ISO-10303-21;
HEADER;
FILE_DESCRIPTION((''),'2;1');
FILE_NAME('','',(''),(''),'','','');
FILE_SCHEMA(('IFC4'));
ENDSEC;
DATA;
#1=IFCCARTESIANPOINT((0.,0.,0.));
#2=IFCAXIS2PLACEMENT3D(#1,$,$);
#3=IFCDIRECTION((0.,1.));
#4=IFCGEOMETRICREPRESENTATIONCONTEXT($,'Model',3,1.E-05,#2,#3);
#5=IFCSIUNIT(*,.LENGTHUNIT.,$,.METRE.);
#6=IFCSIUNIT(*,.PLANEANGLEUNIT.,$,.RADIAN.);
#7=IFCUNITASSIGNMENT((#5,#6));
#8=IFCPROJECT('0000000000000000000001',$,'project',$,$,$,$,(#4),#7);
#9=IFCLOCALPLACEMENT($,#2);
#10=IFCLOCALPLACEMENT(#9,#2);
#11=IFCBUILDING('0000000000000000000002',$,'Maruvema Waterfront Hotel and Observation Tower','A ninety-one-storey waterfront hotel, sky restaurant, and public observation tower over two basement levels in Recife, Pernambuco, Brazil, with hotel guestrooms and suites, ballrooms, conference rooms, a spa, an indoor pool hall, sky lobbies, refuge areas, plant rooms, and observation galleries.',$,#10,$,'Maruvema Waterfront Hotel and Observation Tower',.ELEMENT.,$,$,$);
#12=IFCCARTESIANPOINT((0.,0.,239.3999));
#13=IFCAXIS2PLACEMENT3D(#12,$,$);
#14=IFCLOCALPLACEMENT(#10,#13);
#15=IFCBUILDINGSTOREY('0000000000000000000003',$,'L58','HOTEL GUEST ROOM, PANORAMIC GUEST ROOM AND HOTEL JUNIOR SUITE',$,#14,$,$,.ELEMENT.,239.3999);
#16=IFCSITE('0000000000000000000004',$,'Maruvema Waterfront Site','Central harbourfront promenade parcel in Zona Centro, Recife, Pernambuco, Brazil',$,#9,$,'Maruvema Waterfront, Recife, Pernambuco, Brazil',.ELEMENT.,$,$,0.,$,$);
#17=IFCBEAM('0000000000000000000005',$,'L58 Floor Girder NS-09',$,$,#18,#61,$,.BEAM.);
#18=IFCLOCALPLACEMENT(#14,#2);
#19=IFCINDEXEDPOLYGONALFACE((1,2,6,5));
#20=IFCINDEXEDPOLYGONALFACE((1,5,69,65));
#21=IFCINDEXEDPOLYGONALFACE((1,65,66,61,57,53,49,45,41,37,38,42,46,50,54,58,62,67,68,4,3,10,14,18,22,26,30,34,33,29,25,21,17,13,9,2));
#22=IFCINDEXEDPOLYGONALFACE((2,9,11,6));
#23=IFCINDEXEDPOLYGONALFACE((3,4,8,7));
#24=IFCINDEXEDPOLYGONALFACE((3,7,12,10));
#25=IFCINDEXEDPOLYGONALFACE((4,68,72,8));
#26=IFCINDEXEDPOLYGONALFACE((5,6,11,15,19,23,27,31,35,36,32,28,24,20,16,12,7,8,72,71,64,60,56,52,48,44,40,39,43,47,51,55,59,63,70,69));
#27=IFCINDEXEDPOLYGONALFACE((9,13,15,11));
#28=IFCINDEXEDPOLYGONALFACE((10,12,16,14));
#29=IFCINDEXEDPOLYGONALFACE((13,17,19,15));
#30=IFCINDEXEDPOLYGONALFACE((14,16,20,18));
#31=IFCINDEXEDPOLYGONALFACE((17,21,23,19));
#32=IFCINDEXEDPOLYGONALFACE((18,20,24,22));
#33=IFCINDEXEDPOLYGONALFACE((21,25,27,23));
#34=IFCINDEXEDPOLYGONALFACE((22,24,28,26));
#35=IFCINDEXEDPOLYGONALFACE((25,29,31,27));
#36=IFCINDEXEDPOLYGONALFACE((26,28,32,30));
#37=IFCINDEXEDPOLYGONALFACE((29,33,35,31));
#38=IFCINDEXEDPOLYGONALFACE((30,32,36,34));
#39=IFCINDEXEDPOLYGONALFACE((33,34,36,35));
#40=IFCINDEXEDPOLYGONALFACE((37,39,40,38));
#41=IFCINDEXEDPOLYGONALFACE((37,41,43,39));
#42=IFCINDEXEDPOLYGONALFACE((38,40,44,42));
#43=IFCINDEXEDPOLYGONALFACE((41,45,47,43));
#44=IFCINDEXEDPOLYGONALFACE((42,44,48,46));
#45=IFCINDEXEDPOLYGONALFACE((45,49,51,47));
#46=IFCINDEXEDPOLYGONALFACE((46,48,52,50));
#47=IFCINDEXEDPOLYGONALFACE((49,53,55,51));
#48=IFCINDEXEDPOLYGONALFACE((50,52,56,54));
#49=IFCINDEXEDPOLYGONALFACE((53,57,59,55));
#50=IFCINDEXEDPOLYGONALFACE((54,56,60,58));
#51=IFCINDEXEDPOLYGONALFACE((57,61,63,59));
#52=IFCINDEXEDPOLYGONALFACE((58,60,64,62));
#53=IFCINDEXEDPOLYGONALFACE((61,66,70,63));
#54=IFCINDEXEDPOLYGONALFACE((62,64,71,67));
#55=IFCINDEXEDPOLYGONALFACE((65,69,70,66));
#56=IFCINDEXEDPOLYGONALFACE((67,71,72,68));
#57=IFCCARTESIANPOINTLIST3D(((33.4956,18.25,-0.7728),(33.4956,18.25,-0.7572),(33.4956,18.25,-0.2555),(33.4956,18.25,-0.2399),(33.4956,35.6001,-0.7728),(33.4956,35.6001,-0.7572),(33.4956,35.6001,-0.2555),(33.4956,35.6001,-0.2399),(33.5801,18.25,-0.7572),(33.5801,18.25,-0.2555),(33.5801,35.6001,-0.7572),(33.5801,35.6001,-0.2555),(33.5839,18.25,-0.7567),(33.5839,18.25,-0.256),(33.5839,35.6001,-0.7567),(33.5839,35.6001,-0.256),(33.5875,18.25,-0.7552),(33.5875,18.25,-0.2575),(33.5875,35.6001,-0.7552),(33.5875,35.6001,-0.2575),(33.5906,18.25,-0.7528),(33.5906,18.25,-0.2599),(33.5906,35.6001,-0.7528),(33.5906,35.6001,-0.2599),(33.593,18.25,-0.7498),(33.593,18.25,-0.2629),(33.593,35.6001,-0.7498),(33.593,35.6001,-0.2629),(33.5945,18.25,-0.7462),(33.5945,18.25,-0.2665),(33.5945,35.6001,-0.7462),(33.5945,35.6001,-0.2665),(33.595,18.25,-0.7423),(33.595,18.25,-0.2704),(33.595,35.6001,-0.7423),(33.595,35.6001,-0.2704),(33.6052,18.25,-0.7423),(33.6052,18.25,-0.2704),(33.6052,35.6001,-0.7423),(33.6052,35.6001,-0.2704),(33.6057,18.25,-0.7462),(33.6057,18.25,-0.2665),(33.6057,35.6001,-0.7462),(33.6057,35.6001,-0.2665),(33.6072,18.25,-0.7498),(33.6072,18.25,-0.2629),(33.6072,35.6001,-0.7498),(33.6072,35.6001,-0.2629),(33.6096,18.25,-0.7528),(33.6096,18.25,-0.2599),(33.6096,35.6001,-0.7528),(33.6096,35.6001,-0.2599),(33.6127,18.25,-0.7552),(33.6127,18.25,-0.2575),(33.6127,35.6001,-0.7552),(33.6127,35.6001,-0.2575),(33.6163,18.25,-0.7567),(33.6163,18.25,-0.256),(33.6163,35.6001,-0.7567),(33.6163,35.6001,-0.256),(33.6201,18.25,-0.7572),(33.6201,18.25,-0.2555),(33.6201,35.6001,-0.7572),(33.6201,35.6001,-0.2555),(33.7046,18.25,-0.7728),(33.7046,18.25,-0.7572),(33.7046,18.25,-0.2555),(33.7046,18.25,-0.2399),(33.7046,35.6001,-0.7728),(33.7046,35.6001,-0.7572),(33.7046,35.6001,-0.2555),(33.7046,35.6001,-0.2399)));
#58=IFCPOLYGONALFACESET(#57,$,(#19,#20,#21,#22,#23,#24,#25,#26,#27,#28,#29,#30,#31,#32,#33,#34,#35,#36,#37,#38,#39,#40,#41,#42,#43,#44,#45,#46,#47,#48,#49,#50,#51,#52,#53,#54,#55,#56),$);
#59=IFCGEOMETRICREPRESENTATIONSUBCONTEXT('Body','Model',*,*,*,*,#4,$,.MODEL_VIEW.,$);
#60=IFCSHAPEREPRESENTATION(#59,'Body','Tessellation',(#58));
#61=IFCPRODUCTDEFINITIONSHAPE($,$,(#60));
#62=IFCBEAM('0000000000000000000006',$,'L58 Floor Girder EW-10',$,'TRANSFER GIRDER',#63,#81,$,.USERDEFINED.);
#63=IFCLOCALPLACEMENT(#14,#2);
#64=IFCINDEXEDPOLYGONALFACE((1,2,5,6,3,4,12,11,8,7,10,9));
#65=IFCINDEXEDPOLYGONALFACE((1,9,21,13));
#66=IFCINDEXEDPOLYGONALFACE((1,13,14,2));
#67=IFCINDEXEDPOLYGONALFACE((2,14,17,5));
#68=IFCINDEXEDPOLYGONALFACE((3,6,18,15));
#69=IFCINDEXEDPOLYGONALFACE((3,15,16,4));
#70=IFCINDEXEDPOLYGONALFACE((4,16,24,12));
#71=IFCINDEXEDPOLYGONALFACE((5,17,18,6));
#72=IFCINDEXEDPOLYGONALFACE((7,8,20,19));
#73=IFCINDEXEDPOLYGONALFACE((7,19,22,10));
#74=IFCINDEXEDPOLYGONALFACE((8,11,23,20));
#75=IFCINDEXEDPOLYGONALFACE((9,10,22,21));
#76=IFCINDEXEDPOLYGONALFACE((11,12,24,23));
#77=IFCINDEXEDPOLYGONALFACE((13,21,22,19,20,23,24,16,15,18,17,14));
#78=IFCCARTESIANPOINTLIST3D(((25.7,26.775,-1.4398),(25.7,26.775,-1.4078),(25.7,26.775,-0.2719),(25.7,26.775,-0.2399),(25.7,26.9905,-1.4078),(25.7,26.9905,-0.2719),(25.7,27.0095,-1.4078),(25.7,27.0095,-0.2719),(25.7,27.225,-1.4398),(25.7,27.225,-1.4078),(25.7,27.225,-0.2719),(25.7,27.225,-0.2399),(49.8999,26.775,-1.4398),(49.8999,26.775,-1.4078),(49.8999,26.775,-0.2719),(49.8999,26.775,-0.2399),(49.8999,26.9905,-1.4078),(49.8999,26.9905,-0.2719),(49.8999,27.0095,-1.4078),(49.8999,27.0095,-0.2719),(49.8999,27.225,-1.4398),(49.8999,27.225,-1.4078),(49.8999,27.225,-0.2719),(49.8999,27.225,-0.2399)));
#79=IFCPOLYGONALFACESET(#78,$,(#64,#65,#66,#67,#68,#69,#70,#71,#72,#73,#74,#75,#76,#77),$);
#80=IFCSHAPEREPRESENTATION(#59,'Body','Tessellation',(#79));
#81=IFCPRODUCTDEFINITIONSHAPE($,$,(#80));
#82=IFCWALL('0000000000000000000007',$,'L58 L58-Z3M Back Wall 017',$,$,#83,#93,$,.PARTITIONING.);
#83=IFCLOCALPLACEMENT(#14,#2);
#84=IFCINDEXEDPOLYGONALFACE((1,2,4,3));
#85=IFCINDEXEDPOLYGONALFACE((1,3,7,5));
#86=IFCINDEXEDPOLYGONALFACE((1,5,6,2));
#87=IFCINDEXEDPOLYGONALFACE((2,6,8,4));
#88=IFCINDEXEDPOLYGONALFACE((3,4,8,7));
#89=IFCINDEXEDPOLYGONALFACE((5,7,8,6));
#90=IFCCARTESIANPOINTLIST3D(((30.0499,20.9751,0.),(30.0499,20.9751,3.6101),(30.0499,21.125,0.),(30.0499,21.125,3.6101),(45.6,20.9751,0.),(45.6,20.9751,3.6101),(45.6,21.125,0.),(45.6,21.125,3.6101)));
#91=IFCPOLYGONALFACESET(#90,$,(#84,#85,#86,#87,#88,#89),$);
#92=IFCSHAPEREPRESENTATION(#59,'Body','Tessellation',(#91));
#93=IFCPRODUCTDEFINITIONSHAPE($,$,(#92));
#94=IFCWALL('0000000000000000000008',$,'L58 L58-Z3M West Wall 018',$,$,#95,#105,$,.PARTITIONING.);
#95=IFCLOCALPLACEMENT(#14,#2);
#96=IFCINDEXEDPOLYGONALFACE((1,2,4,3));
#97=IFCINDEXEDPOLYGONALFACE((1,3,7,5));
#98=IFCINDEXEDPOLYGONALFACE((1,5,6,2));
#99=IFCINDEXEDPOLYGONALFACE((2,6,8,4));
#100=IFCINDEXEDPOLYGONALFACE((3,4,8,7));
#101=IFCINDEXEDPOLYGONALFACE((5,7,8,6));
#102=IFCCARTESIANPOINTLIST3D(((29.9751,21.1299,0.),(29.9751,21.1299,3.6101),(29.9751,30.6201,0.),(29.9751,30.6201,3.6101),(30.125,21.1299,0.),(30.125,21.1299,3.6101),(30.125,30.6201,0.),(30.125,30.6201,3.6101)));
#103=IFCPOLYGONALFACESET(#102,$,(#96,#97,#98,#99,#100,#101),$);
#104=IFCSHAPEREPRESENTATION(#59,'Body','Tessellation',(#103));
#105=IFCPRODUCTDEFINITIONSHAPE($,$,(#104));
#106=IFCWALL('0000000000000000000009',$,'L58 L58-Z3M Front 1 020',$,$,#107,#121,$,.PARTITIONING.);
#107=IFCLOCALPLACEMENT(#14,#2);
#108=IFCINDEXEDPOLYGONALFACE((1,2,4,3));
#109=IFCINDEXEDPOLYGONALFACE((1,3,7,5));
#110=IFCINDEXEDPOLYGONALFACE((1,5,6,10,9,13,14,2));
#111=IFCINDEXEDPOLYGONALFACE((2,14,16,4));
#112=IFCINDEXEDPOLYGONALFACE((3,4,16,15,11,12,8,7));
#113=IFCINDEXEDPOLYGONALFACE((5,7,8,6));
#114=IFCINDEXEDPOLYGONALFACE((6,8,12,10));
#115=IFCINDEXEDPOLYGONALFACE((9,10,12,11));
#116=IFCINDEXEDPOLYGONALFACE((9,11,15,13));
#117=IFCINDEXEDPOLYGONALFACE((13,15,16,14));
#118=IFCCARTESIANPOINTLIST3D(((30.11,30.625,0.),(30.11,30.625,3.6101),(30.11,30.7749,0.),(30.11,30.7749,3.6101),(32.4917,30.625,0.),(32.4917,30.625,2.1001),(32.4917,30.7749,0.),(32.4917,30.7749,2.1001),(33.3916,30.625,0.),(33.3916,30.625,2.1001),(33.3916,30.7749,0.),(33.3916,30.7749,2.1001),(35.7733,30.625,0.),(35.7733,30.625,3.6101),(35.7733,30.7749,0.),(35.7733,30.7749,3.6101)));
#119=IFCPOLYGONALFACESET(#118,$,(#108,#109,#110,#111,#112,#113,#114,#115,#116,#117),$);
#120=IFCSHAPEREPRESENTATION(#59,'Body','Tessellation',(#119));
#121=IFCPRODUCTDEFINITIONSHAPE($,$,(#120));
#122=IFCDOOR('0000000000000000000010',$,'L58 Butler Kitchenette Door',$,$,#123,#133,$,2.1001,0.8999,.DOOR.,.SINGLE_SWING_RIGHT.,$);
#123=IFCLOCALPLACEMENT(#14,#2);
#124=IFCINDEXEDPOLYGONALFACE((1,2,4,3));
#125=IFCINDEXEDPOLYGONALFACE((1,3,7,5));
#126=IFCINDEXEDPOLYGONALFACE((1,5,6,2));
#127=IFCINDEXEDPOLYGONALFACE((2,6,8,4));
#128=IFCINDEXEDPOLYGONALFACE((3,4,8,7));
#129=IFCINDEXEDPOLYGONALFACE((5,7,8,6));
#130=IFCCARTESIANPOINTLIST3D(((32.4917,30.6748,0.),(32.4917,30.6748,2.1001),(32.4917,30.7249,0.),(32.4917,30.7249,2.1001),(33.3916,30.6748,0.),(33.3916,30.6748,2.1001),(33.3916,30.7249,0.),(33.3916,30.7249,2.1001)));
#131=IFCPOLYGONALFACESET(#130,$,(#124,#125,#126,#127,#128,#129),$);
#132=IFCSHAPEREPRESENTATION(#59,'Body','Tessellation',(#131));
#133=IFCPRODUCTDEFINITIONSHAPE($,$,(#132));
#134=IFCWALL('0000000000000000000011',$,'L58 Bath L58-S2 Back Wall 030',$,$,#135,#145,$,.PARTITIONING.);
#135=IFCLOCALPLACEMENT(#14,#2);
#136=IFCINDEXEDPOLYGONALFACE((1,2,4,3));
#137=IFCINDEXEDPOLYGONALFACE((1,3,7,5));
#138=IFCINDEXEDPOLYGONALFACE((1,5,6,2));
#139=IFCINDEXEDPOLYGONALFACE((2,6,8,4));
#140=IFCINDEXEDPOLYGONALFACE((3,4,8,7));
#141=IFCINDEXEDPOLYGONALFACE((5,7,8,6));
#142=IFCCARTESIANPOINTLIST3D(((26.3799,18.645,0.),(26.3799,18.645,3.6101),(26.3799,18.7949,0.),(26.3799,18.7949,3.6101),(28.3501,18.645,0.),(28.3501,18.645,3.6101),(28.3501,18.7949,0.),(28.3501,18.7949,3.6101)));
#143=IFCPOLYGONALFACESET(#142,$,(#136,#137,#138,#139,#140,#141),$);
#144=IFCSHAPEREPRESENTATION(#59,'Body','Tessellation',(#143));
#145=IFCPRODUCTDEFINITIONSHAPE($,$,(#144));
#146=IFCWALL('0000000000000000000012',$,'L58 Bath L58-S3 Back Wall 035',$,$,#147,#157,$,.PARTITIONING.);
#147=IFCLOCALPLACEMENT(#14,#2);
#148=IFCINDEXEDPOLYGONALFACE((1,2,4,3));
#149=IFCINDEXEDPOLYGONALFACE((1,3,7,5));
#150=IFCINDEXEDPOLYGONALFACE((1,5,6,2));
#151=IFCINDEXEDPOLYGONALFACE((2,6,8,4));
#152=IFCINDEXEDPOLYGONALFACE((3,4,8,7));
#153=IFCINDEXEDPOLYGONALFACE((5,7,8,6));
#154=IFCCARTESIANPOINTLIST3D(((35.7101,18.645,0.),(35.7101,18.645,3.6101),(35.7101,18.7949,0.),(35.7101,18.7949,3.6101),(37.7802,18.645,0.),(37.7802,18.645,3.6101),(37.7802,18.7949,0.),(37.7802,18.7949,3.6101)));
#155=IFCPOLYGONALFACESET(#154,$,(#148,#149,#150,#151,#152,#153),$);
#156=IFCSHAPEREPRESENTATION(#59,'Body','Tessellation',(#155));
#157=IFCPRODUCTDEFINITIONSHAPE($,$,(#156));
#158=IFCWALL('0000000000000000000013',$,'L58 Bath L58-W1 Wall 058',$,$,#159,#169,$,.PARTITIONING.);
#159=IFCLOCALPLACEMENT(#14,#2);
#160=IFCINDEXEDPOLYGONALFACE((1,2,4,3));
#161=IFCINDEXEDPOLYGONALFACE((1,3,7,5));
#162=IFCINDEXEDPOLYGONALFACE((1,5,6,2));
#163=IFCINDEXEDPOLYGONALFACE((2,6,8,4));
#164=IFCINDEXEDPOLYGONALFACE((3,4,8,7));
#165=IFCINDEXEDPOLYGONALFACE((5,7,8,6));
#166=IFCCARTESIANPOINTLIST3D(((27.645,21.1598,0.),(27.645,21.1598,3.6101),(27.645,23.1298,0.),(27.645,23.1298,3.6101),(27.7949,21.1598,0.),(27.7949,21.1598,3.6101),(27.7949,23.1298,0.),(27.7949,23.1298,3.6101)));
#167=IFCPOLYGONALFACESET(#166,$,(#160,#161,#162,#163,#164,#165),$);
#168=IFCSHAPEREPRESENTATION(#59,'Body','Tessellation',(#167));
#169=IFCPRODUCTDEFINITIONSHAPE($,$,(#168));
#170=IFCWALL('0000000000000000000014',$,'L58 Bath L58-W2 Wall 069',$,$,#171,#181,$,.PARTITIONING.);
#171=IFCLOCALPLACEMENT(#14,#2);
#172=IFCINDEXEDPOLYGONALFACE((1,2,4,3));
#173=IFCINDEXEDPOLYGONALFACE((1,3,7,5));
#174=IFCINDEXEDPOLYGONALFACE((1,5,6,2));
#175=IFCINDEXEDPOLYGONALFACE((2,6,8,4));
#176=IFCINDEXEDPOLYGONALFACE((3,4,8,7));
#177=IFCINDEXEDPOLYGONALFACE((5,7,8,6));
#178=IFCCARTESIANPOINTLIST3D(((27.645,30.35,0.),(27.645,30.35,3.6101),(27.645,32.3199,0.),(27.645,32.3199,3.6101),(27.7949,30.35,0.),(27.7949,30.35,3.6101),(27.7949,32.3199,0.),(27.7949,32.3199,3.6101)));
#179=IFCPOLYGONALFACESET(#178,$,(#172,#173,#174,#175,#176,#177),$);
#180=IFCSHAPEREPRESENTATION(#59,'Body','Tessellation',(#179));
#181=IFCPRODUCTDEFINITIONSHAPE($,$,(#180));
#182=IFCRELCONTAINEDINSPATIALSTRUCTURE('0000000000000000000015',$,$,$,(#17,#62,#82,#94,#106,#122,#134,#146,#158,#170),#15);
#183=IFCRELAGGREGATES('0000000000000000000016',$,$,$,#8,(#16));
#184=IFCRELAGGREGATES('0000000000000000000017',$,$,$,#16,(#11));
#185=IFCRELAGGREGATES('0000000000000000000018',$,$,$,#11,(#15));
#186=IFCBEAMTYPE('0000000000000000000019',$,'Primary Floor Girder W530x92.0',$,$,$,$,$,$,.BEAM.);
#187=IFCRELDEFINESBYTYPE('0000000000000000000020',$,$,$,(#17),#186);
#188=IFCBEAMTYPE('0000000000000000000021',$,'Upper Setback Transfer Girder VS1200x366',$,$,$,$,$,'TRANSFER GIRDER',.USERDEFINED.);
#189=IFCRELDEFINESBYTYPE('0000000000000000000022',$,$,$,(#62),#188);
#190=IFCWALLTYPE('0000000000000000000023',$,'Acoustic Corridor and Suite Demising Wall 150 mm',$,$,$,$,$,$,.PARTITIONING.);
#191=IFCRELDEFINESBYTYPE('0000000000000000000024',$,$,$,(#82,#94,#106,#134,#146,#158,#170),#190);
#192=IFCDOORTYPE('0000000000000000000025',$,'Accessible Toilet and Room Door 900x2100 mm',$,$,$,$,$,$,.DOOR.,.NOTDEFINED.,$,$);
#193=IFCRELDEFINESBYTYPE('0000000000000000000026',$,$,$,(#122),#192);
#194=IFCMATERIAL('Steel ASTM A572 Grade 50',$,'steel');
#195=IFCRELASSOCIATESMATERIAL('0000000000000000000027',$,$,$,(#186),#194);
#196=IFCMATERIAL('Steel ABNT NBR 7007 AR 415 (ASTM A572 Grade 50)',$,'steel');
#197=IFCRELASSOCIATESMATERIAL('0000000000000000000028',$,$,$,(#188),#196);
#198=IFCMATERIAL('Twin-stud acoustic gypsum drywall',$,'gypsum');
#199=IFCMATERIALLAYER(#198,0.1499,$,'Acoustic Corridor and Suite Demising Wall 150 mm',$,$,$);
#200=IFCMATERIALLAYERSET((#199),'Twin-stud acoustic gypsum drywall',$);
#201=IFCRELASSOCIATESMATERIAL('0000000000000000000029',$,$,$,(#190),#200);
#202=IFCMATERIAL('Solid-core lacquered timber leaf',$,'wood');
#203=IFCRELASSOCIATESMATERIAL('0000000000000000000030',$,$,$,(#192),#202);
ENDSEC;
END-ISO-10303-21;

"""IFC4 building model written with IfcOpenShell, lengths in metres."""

from ifc_helpers import new_model, si_unit, direction, frame, frame_2d, origin, origin_2d, place, context, subcontext, project, spatial, rectangle, i_section, extrude, material, layer, layer_set, material_profile, profile_set, type_object, element, fill, save


model = new_model("IFC4")

# Units and contexts
model_context = context("Model", 3, precision=1e-05, world=origin(), true_north=direction((0.0, 1.0)))
body_context = subcontext(model_context, "Body", "Model", "MODEL_VIEW")
ifc_project = project(units=[si_unit("LENGTHUNIT", "METRE"), si_unit("PLANEANGLEUNIT", "RADIAN")], contexts=[model_context])

# Site, building, storey
site_placement = place(None, origin())
site = spatial("IfcSite", under=ifc_project, at=site_placement, Name="Maruvema Waterfront Site", Description="Central harbourfront promenade parcel in Zona Centro, Recife, Pernambuco, Brazil", LongName="Maruvema Waterfront, Recife, Pernambuco, Brazil", CompositionType="ELEMENT", RefElevation=0.0)
building_placement = place(site_placement, origin())
building = spatial("IfcBuilding", under=site, at=building_placement, Name="Maruvema Waterfront Hotel and Observation Tower", Description="A ninety-one-storey waterfront hotel, sky restaurant, and public observation tower over two basement levels in Recife, Pernambuco, Brazil, with hotel guestrooms and suites, ballrooms, conference rooms, a spa, an indoor pool hall, sky lobbies, refuge areas, plant rooms, and observation galleries.", LongName="Maruvema Waterfront Hotel and Observation Tower", CompositionType="ELEMENT")
storey_placement = place(building_placement, frame((0.0, 0.0, 239.3999)))
storey = spatial("IfcBuildingStorey", under=building, at=storey_placement, Name="L58", Description="HOTEL GUEST ROOM, PANORAMIC GUEST ROOM AND HOTEL JUNIOR SUITE", CompositionType="ELEMENT", Elevation=239.3999)

# Beams
ifc_material_1 = material(Name="Steel ASTM A572 Grade 50", Category="steel")
ifc_material_profile_1 = material_profile(ifc_material_1, i_section(OverallWidth=0.209, OverallDepth=0.533, WebThickness=0.0103, FlangeThickness=0.0156, FilletRadius=0.0149, at=origin_2d()), Name="W530x92.0")
ifc_profile_set_1 = profile_set([ifc_material_profile_1], Name="Steel ASTM A572 Grade 50")
beam_type_1 = type_object("IfcBeamType", Name="Primary Floor Girder W530x92.0", PredefinedType="BEAM", material=ifc_profile_set_1)
beam_1_placement = place(storey_placement, frame((33.6001, 18.25, -0.5063), z_axis=(0.0, 1.0, 0.0), x_axis=(-1.0, 0.0, 0.0)))
element("IfcBeam", 1, at=beam_1_placement, inside=storey, type_object=beam_type_1, Name="L58 Floor Girder NS-09", PredefinedType="BEAM", context=body_context, shape_type="SweptSolid", body=[
    extrude(i_section(OverallWidth=0.209, OverallDepth=0.533, WebThickness=0.0103, FlangeThickness=0.0156, FilletRadius=0.0149, at=origin_2d()), origin(), (0.0, 0.0, 1.0), 17.3501),
])
ifc_material_2 = material(Name="Steel ABNT NBR 7007 AR 415 (ASTM A572 Grade 50)", Category="steel")
ifc_material_profile_2 = material_profile(ifc_material_2, i_section(OverallWidth=0.45, OverallDepth=1.2, WebThickness=0.019, FlangeThickness=0.032, at=origin_2d()), Name="VS1200x366")
ifc_profile_set_2 = profile_set([ifc_material_profile_2], Name="Steel ABNT NBR 7007 AR 415 (ASTM A572 Grade 50)")
beam_type_2 = type_object("IfcBeamType", Name="Upper Setback Transfer Girder VS1200x366", ElementType="TRANSFER GIRDER", PredefinedType="USERDEFINED", material=ifc_profile_set_2)
beam_2_placement = place(storey_placement, frame((25.7, 27.0, -0.8398), z_axis=(1.0, 0.0, 0.0), x_axis=(0.0, 1.0, 0.0)))
element("IfcBeam", 2, at=beam_2_placement, inside=storey, type_object=beam_type_2, Name="L58 Floor Girder EW-10", ObjectType="TRANSFER GIRDER", PredefinedType="USERDEFINED", context=body_context, shape_type="SweptSolid", body=[
    extrude(i_section(OverallWidth=0.45, OverallDepth=1.2, WebThickness=0.019, FlangeThickness=0.032, at=origin_2d()), origin(), (0.0, 0.0, 1.0), 24.2),
])

# Walls
ifc_material_3 = material(Name="Twin-stud acoustic gypsum drywall", Category="gypsum")
ifc_layer_1 = layer(ifc_material_3, 0.1499, Name="Acoustic Corridor and Suite Demising Wall 150 mm")
ifc_layer_set_1 = layer_set([ifc_layer_1], Name="Twin-stud acoustic gypsum drywall")
wall_type_1 = type_object("IfcWallType", Name="Acoustic Corridor and Suite Demising Wall 150 mm", PredefinedType="PARTITIONING", material=ifc_layer_set_1)
wall_1_placement = place(storey_placement, frame((30.05, 21.05, 0.0), z_axis=(0.0, 0.0, 1.0), x_axis=(1.0, 0.0, 0.0)))
element("IfcWall", 3, at=wall_1_placement, inside=storey, type_object=wall_type_1, Name="L58 L58-Z3M Back Wall 017", PredefinedType="PARTITIONING", context=body_context, shape_type="SweptSolid", body=[
    extrude(rectangle(XDim=15.55, YDim=0.1499, at=frame_2d((7.7749, 0.0))), origin(), (0.0, 0.0, 1.0), 3.6101),
])
wall_2_placement = place(storey_placement, frame((30.05, 21.1299, 0.0), z_axis=(0.0, 0.0, 1.0), x_axis=(0.0, 1.0, 0.0)))
element("IfcWall", 4, at=wall_2_placement, inside=storey, type_object=wall_type_1, Name="L58 L58-Z3M West Wall 018", PredefinedType="PARTITIONING", context=body_context, shape_type="SweptSolid", body=[
    extrude(rectangle(XDim=9.4902, YDim=0.1499, at=frame_2d((4.7451, 0.0))), origin(), (0.0, 0.0, 1.0), 3.6101),
])

# Wall, opening, door
wall_3_placement = place(storey_placement, frame((30.1101, 30.7, 0.0), z_axis=(0.0, 0.0, 1.0), x_axis=(1.0, 0.0, 0.0)))
wall_3 = element("IfcWall", 5, at=wall_3_placement, inside=storey, type_object=wall_type_1, Name="L58 L58-Z3M Front 1 020", PredefinedType="PARTITIONING", context=body_context, shape_type="SweptSolid", body=[
    extrude(rectangle(XDim=5.6633, YDim=0.1499, at=frame_2d((2.8315, 0.0))), origin(), (0.0, 0.0, 1.0), 3.6101),
])
opening_1_placement = place(wall_3_placement, frame((2.3816, 0.0, 0.0)))
opening_1 = element("IfcOpeningElement", 6, at=opening_1_placement, cuts=wall_3, PredefinedType="OPENING", context=body_context, shape_type="SweptSolid", body=[
    extrude(rectangle(XDim=0.8999, YDim=2.1001, at=frame_2d((0.45, 1.05))), frame((0.0, 0.085, 0.0), z_axis=(0.0, -1.0, 0.0), x_axis=(1.0, 0.0, 0.0)), (0.0, 0.0, 1.0), 0.1699),
])
ifc_material_4 = material(Name="Solid-core lacquered timber leaf", Category="wood")
door_type_1 = type_object("IfcDoorType", Name="Accessible Toilet and Room Door 900x2100 mm", OperationType="NOTDEFINED", PredefinedType="DOOR", material=ifc_material_4)
door_1_placement = place(opening_1_placement, origin())
door_1 = element("IfcDoor", 7, at=door_1_placement, inside=storey, type_object=door_type_1, Name="L58 Butler Kitchenette Door", OperationType="SINGLE_SWING_RIGHT", OverallHeight=2.1001, OverallWidth=0.8999, PredefinedType="DOOR", context=body_context, shape_type="SweptSolid", body=[
    extrude(rectangle(XDim=0.8999, YDim=2.1001, at=frame_2d((0.45, 1.05))), frame((0.0, 0.0249, 0.0), z_axis=(0.0, -1.0, 0.0), x_axis=(1.0, 0.0, 0.0)), (0.0, 0.0, 1.0), 0.05),
])
fill(opening_1, door_1)

# Wall
wall_4_placement = place(storey_placement, frame((26.3799, 18.72, 0.0), z_axis=(0.0, 0.0, 1.0), x_axis=(1.0, 0.0, 0.0)))
element("IfcWall", 8, at=wall_4_placement, inside=storey, type_object=wall_type_1, Name="L58 Bath L58-S2 Back Wall 030", PredefinedType="PARTITIONING", context=body_context, shape_type="SweptSolid", body=[
    extrude(rectangle(XDim=1.9702, YDim=0.1499, at=frame_2d((0.9851, 0.0))), origin(), (0.0, 0.0, 1.0), 3.6101),
])

# Wall
wall_5_placement = place(storey_placement, frame((35.71, 18.72, 0.0), z_axis=(0.0, 0.0, 1.0), x_axis=(1.0, 0.0, 0.0)))
element("IfcWall", 9, at=wall_5_placement, inside=storey, type_object=wall_type_1, Name="L58 Bath L58-S3 Back Wall 035", PredefinedType="PARTITIONING", context=body_context, shape_type="SweptSolid", body=[
    extrude(rectangle(XDim=2.0701, YDim=0.1499, at=frame_2d((1.0352, 0.0))), origin(), (0.0, 0.0, 1.0), 3.6101),
])

# Wall
wall_6_placement = place(storey_placement, frame((27.72, 21.1599, 0.0), z_axis=(0.0, 0.0, 1.0), x_axis=(0.0, 1.0, 0.0)))
element("IfcWall", 10, at=wall_6_placement, inside=storey, type_object=wall_type_1, Name="L58 Bath L58-W1 Wall 058", PredefinedType="PARTITIONING", context=body_context, shape_type="SweptSolid", body=[
    extrude(rectangle(XDim=1.97, YDim=0.1499, at=frame_2d((0.9849, 0.0))), origin(), (0.0, 0.0, 1.0), 3.6101),
])

# Wall
wall_7_placement = place(storey_placement, frame((27.72, 30.3501, 0.0), z_axis=(0.0, 0.0, 1.0), x_axis=(0.0, 1.0, 0.0)))
element("IfcWall", 11, at=wall_7_placement, inside=storey, type_object=wall_type_1, Name="L58 Bath L58-W2 Wall 069", PredefinedType="PARTITIONING", context=body_context, shape_type="SweptSolid", body=[
    extrude(rectangle(XDim=1.97, YDim=0.1499, at=frame_2d((0.9849, 0.0))), origin(), (0.0, 0.0, 1.0), 3.6101),
])

save(model, "model.ifc")
